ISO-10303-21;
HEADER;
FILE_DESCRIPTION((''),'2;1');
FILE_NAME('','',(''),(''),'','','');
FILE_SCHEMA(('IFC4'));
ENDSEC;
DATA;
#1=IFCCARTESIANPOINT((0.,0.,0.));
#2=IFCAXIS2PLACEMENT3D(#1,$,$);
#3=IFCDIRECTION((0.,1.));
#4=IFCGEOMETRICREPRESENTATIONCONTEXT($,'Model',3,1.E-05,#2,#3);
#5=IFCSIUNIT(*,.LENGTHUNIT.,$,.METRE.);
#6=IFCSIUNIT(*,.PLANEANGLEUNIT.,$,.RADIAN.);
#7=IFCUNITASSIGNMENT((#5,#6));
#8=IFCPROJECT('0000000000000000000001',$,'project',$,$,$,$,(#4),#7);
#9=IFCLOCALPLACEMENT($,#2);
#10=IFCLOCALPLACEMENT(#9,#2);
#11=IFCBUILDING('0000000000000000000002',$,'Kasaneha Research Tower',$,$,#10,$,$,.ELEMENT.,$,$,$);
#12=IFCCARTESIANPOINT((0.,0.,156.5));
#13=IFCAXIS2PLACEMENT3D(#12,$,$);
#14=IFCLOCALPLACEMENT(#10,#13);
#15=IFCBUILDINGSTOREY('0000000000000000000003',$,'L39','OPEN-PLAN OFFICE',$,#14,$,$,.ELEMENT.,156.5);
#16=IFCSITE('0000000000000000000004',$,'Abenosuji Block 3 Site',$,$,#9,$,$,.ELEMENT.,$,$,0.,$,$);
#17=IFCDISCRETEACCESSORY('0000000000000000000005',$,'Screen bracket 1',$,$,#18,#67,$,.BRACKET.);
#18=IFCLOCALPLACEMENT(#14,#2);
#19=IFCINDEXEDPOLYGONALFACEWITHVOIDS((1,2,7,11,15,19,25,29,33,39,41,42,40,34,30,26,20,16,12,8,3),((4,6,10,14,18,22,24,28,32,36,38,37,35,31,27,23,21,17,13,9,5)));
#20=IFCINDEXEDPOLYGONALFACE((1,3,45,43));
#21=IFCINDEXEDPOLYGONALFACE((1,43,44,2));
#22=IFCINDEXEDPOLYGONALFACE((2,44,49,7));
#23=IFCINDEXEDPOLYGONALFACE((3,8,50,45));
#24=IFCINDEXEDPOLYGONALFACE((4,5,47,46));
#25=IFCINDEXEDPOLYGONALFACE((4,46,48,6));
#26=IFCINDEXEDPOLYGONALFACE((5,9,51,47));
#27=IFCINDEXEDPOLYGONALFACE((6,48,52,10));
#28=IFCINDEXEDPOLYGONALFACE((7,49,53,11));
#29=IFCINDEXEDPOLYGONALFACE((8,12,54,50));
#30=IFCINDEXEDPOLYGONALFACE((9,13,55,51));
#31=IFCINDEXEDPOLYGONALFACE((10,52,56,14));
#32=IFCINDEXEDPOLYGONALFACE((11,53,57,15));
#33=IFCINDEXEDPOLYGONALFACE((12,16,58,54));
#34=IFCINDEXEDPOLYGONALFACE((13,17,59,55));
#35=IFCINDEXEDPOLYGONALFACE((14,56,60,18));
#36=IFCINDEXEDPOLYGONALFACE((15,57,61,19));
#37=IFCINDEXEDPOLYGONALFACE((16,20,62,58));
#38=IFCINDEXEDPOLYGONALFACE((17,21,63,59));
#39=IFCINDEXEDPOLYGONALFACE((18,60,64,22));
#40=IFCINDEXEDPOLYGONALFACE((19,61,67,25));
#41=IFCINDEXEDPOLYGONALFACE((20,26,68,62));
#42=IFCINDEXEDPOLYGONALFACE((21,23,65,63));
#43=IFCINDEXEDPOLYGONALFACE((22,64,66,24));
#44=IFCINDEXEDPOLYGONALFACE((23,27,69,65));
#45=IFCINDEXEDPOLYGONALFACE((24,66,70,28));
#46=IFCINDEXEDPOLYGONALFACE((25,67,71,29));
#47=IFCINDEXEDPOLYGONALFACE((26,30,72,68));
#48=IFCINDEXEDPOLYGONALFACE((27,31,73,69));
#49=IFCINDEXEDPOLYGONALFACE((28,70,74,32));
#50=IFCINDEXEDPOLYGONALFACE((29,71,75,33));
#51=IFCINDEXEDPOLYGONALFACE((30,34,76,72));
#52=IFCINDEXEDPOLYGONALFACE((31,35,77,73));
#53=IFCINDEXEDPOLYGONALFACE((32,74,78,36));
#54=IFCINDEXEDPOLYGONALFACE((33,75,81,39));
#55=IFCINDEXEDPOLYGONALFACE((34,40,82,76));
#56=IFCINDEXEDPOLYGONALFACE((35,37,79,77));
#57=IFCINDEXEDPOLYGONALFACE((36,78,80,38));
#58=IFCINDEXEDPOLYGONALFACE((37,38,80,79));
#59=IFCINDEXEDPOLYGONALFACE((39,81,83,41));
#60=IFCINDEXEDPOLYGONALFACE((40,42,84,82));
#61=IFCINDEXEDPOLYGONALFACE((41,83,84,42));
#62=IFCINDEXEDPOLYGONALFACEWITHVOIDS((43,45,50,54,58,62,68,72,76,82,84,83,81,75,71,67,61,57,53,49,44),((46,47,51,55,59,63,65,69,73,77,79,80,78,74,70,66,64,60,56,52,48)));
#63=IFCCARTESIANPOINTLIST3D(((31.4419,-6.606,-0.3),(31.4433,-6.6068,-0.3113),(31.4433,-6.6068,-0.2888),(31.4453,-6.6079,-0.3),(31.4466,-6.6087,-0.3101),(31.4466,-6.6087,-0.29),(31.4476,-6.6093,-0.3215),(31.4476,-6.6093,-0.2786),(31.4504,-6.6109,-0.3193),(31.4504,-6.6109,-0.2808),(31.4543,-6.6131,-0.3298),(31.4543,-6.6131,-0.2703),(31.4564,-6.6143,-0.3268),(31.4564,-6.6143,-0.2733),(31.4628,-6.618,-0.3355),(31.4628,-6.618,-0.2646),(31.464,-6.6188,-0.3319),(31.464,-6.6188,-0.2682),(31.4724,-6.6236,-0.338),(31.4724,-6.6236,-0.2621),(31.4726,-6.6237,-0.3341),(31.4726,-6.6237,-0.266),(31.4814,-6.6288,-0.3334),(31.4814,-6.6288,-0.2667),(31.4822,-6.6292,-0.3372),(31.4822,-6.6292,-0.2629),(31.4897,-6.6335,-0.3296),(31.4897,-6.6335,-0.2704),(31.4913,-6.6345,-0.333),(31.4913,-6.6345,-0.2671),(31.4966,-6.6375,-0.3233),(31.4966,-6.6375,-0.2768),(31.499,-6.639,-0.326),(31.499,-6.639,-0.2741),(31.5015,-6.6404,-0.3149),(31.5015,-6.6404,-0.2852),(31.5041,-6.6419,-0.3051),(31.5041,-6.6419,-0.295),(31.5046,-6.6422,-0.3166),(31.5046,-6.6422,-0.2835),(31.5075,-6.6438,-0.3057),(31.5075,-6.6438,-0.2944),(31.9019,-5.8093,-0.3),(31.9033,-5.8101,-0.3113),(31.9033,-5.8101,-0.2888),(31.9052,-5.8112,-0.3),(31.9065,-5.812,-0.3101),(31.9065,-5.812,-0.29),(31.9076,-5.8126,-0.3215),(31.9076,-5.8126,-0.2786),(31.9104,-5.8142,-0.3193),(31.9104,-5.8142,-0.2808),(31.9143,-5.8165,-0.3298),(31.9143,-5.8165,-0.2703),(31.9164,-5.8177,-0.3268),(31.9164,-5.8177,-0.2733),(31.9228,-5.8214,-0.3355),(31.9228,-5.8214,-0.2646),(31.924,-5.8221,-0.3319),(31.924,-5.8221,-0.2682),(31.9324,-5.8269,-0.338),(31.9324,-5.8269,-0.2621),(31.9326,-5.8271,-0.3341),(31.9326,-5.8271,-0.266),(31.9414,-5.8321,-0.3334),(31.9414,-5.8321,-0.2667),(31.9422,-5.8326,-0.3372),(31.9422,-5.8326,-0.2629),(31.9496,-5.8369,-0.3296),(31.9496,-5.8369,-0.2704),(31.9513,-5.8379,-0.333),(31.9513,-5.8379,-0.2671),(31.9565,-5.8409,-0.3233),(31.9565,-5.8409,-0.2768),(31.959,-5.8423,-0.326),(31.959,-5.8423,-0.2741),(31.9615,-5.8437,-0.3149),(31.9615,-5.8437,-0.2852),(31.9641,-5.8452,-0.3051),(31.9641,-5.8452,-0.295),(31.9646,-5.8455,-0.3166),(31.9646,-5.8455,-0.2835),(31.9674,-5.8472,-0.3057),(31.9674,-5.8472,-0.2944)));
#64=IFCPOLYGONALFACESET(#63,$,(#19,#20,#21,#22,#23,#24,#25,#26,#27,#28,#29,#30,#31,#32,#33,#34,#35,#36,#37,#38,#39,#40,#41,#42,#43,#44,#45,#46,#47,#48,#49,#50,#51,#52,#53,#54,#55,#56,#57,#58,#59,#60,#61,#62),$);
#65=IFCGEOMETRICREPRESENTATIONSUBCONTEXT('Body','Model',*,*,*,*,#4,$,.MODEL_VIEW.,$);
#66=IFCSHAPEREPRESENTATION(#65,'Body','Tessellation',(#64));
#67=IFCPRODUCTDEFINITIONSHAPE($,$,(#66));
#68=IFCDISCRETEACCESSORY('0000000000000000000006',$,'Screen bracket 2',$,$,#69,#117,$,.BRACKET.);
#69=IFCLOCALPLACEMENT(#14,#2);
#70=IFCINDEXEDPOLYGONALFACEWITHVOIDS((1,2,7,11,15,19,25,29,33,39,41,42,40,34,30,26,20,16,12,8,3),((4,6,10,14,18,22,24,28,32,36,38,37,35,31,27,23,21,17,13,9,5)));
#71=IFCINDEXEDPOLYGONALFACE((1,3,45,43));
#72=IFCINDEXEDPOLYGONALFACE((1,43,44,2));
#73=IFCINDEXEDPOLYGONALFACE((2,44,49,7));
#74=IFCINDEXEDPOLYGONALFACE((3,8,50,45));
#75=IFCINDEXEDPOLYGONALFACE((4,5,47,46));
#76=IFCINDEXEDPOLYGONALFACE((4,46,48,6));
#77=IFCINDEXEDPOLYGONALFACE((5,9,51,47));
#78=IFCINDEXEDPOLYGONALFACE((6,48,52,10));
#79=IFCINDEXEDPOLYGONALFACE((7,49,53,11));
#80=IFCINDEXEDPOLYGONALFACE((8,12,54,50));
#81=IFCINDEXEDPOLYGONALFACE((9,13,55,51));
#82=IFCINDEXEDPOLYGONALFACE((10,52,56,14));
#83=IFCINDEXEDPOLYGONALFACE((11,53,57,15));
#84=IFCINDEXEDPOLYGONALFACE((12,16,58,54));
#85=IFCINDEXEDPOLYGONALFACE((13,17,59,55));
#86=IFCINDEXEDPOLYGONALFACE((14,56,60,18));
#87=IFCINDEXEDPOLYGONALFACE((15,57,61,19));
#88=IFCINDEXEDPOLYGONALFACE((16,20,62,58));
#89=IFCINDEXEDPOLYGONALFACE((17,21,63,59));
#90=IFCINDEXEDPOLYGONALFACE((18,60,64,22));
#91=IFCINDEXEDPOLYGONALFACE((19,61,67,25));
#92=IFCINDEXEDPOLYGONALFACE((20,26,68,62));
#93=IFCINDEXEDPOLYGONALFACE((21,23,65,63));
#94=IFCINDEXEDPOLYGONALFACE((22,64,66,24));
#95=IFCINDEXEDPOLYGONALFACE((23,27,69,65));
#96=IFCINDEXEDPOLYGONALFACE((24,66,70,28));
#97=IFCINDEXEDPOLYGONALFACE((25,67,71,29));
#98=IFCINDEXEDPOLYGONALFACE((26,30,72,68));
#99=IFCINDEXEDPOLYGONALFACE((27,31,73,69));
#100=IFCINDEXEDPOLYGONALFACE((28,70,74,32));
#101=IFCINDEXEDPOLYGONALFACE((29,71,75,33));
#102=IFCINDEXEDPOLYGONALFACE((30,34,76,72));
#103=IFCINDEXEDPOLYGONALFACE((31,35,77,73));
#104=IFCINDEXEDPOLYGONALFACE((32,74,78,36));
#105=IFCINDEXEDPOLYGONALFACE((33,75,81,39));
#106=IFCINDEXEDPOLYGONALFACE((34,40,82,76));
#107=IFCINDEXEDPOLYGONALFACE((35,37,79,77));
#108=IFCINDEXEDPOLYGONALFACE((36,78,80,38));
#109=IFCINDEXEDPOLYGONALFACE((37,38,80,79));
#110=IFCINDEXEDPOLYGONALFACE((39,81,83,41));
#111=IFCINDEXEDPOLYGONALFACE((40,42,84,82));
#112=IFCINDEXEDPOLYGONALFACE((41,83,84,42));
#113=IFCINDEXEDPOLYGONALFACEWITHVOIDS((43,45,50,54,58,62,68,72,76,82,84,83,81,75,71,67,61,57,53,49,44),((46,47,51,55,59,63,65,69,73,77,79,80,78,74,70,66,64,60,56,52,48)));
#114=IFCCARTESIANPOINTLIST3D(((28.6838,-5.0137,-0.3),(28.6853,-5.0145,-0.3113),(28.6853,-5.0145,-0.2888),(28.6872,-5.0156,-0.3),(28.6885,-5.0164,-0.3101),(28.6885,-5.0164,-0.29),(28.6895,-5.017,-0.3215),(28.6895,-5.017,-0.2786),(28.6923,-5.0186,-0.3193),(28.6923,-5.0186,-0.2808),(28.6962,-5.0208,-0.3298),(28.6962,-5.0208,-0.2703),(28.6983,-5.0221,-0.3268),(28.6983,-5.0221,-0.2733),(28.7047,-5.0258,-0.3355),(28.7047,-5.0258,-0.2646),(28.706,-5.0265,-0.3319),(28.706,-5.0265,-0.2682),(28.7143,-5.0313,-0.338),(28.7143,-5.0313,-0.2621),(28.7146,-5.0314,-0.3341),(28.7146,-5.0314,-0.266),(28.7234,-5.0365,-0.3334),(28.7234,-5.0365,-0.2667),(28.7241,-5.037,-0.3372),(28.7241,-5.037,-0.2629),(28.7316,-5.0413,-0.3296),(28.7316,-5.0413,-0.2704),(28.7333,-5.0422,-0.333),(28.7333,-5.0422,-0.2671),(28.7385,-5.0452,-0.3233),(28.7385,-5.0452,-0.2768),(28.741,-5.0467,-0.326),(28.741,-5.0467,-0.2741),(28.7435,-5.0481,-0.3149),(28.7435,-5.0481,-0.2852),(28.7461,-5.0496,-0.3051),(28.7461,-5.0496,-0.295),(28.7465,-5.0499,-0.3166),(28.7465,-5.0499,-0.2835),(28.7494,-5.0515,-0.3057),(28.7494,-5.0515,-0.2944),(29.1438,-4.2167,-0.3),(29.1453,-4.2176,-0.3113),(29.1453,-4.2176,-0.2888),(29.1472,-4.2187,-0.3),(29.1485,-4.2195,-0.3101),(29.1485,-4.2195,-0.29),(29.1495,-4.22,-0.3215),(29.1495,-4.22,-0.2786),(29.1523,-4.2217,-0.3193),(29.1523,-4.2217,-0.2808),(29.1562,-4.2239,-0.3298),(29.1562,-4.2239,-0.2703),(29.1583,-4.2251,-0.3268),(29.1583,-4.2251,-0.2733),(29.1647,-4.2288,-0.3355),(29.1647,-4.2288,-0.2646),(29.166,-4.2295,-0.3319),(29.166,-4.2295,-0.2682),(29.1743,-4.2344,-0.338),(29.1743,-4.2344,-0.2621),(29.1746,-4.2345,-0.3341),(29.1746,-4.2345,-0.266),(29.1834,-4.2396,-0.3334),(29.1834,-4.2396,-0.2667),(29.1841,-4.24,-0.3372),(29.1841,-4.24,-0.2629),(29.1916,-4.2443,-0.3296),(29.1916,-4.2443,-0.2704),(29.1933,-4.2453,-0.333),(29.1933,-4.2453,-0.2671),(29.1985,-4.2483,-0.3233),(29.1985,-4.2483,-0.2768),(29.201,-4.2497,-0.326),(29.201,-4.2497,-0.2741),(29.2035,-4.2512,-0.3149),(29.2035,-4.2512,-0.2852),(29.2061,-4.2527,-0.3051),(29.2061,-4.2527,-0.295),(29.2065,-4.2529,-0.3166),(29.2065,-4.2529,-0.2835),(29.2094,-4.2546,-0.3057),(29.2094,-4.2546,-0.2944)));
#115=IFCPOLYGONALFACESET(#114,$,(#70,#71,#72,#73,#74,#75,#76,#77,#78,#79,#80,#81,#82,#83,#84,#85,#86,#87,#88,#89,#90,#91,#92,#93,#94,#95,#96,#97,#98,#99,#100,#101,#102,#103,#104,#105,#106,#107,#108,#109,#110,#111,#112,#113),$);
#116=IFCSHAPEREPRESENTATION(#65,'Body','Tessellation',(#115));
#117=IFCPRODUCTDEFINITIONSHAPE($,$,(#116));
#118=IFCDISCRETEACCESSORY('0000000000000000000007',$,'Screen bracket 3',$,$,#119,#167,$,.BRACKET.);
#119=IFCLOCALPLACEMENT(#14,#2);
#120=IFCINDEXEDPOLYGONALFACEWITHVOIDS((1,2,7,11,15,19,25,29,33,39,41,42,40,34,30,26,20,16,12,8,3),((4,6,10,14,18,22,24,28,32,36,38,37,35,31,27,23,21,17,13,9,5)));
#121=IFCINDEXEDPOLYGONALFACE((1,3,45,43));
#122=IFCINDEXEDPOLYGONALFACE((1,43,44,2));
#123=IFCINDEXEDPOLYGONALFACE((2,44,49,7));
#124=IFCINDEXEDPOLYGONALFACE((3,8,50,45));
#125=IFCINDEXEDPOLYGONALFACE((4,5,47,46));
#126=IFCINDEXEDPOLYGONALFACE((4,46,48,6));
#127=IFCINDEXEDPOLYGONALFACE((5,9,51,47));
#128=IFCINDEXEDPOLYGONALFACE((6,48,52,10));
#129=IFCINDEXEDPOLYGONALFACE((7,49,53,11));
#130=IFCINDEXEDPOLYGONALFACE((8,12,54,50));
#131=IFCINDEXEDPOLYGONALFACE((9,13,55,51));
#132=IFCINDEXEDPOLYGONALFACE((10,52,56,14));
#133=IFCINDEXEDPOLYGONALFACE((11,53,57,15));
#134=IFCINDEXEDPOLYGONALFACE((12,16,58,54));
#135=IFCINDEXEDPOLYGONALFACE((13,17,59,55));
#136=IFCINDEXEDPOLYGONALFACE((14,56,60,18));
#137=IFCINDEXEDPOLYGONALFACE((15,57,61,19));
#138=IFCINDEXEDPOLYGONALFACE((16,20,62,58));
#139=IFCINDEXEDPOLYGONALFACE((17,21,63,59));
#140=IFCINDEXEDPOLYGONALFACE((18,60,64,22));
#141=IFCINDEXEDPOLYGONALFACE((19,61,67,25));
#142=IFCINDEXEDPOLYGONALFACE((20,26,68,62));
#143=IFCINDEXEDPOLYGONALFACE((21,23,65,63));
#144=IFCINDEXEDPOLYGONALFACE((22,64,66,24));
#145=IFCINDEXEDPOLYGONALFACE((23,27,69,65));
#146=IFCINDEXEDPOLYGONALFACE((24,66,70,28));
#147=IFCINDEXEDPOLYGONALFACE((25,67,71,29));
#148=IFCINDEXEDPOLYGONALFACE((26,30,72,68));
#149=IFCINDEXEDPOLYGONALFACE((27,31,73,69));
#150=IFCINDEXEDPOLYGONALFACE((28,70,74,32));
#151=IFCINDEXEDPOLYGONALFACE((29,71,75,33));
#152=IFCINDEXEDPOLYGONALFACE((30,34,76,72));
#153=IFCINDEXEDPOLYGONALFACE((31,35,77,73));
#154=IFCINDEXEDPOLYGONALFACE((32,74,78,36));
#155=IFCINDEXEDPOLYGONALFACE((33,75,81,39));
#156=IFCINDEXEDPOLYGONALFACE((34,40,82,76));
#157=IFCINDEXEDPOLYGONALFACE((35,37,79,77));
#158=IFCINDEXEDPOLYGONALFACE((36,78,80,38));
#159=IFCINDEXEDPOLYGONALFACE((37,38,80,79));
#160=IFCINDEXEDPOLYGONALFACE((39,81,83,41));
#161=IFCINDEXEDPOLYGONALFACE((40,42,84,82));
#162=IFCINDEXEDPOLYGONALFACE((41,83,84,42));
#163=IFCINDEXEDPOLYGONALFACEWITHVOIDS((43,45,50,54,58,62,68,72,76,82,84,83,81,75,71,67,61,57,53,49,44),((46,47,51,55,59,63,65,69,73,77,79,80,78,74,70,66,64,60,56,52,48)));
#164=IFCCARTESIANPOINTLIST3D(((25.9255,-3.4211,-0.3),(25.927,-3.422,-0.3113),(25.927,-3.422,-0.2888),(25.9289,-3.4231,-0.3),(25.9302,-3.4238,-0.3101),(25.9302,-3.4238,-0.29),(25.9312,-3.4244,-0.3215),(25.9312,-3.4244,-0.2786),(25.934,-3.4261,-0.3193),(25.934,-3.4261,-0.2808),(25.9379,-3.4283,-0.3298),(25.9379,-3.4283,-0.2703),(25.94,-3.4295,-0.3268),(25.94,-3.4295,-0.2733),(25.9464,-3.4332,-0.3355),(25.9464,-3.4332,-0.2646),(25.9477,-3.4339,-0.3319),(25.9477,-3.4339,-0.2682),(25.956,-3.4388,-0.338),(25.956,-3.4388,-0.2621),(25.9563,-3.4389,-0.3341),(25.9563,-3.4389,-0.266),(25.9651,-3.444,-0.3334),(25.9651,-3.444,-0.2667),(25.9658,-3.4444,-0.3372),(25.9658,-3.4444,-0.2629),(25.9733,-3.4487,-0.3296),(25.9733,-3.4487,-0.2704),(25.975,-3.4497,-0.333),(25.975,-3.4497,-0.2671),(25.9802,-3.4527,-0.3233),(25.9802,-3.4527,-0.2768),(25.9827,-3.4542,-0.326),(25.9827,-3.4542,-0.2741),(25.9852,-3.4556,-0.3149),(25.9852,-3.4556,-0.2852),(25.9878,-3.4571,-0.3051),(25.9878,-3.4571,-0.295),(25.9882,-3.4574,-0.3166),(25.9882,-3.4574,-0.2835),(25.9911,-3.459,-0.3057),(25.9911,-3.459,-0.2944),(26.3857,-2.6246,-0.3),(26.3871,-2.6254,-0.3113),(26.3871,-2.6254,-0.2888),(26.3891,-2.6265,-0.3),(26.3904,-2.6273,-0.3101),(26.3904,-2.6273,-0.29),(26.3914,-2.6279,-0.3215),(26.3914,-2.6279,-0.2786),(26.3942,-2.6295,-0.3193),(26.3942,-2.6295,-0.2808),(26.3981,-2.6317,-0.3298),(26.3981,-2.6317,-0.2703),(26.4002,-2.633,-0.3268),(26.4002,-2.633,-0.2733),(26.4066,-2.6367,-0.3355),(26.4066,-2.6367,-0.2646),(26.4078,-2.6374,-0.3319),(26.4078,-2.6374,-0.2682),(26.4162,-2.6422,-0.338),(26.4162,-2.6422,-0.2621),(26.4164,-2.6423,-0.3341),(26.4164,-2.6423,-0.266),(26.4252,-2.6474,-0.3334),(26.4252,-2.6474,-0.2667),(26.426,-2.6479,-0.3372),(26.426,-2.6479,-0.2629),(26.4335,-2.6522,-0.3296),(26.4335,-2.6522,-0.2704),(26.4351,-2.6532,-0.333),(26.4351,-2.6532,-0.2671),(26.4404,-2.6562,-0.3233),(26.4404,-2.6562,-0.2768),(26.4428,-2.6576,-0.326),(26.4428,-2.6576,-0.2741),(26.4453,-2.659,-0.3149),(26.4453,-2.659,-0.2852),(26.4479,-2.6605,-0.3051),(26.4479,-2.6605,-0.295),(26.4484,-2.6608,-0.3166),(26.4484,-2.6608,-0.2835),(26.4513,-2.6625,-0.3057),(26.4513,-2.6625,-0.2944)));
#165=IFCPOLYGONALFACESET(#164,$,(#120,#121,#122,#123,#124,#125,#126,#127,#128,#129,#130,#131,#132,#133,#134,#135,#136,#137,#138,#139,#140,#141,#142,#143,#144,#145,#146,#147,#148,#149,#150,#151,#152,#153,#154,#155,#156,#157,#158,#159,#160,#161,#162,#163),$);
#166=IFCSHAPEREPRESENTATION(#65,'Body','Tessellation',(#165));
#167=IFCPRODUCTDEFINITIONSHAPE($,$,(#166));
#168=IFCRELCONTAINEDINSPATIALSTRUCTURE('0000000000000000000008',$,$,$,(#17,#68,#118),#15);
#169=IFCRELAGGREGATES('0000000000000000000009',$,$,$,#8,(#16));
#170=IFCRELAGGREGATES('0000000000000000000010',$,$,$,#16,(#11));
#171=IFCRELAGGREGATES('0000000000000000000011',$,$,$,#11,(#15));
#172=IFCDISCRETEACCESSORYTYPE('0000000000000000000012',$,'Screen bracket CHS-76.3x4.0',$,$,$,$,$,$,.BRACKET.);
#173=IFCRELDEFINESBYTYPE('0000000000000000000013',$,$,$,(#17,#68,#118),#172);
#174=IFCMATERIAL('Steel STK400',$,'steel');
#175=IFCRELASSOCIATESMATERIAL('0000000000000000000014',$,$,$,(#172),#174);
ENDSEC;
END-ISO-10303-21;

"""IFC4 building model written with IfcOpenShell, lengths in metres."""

from ifc_helpers import new_model, si_unit, direction, frame, origin, origin_2d, place, context, subcontext, project, spatial, hollow_circle, extrude, material, material_profile, profile_set, type_object, element, save


model = new_model("IFC4")

# Units and contexts
model_context = context("Model", 3, precision=1e-05, world=origin(), true_north=direction((0.0, 1.0)))
body_context = subcontext(model_context, "Body", "Model", "MODEL_VIEW")
ifc_project = project(units=[si_unit("LENGTHUNIT", "METRE"), si_unit("PLANEANGLEUNIT", "RADIAN")], contexts=[model_context])

# Site, building, storey
site_placement = place(None, origin())
site = spatial("IfcSite", under=ifc_project, at=site_placement, Name="Abenosuji Block 3 Site", CompositionType="ELEMENT", RefElevation=0.0)
building_placement = place(site_placement, origin())
building = spatial("IfcBuilding", under=site, at=building_placement, Name="Kasaneha Research Tower", CompositionType="ELEMENT")
storey_placement = place(building_placement, frame((0.0, 0.0, 156.5)))
storey = spatial("IfcBuildingStorey", under=building, at=storey_placement, Name="L39", Description="OPEN-PLAN OFFICE", CompositionType="ELEMENT", Elevation=156.5)

# Discrete accessories
ifc_material_1 = material(Name="Steel STK400", Category="steel")
ifc_material_profile_1 = material_profile(ifc_material_1, hollow_circle(Radius=0.0381, WallThickness=0.0039, at=origin_2d()), Name="CHS-76.3x4.0")
ifc_profile_set_1 = profile_set([ifc_material_profile_1], Name="Steel STK400")
discrete_accessory_type = type_object("IfcDiscreteAccessoryType", Name="Screen bracket CHS-76.3x4.0", PredefinedType="BRACKET", material=ifc_profile_set_1)
discrete_accessory_1_placement = place(storey_placement, frame((31.4749, -6.625, -0.3), z_axis=(0.500021, 0.866013, 0.0), x_axis=(-0.866013, 0.500021, 0.0)))
element("IfcDiscreteAccessory", 1, at=discrete_accessory_1_placement, inside=storey, type_object=discrete_accessory_type, Name="Screen bracket 1", PredefinedType="BRACKET", context=body_context, shape_type="SweptSolid", body=[
    extrude(hollow_circle(Radius=0.0381, WallThickness=0.0039, at=origin_2d()), origin(), (0.0, 0.0, 1.0), 0.9199),
])
discrete_accessory_2_placement = place(storey_placement, frame((28.7168, -5.0327, -0.3), z_axis=(0.499906, 0.86608, 0.0), x_axis=(-0.86608, 0.499906, 0.0)))
element("IfcDiscreteAccessory", 2, at=discrete_accessory_2_placement, inside=storey, type_object=discrete_accessory_type, Name="Screen bracket 2", PredefinedType="BRACKET", context=body_context, shape_type="SweptSolid", body=[
    extrude(hollow_circle(Radius=0.0381, WallThickness=0.0039, at=origin_2d()), origin(), (0.0, 0.0, 1.0), 0.9202),
])
discrete_accessory_3_placement = place(storey_placement, frame((25.9585, -3.4402, -0.3), z_axis=(0.50022, 0.865898, 0.0), x_axis=(-0.865898, 0.50022, 0.0)))
element("IfcDiscreteAccessory", 3, at=discrete_accessory_3_placement, inside=storey, type_object=discrete_accessory_type, Name="Screen bracket 3", PredefinedType="BRACKET", context=body_context, shape_type="SweptSolid", body=[
    extrude(hollow_circle(Radius=0.0381, WallThickness=0.0039, at=origin_2d()), origin(), (0.0, 0.0, 1.0), 0.9199),
])

save(model, "model.ifc")
